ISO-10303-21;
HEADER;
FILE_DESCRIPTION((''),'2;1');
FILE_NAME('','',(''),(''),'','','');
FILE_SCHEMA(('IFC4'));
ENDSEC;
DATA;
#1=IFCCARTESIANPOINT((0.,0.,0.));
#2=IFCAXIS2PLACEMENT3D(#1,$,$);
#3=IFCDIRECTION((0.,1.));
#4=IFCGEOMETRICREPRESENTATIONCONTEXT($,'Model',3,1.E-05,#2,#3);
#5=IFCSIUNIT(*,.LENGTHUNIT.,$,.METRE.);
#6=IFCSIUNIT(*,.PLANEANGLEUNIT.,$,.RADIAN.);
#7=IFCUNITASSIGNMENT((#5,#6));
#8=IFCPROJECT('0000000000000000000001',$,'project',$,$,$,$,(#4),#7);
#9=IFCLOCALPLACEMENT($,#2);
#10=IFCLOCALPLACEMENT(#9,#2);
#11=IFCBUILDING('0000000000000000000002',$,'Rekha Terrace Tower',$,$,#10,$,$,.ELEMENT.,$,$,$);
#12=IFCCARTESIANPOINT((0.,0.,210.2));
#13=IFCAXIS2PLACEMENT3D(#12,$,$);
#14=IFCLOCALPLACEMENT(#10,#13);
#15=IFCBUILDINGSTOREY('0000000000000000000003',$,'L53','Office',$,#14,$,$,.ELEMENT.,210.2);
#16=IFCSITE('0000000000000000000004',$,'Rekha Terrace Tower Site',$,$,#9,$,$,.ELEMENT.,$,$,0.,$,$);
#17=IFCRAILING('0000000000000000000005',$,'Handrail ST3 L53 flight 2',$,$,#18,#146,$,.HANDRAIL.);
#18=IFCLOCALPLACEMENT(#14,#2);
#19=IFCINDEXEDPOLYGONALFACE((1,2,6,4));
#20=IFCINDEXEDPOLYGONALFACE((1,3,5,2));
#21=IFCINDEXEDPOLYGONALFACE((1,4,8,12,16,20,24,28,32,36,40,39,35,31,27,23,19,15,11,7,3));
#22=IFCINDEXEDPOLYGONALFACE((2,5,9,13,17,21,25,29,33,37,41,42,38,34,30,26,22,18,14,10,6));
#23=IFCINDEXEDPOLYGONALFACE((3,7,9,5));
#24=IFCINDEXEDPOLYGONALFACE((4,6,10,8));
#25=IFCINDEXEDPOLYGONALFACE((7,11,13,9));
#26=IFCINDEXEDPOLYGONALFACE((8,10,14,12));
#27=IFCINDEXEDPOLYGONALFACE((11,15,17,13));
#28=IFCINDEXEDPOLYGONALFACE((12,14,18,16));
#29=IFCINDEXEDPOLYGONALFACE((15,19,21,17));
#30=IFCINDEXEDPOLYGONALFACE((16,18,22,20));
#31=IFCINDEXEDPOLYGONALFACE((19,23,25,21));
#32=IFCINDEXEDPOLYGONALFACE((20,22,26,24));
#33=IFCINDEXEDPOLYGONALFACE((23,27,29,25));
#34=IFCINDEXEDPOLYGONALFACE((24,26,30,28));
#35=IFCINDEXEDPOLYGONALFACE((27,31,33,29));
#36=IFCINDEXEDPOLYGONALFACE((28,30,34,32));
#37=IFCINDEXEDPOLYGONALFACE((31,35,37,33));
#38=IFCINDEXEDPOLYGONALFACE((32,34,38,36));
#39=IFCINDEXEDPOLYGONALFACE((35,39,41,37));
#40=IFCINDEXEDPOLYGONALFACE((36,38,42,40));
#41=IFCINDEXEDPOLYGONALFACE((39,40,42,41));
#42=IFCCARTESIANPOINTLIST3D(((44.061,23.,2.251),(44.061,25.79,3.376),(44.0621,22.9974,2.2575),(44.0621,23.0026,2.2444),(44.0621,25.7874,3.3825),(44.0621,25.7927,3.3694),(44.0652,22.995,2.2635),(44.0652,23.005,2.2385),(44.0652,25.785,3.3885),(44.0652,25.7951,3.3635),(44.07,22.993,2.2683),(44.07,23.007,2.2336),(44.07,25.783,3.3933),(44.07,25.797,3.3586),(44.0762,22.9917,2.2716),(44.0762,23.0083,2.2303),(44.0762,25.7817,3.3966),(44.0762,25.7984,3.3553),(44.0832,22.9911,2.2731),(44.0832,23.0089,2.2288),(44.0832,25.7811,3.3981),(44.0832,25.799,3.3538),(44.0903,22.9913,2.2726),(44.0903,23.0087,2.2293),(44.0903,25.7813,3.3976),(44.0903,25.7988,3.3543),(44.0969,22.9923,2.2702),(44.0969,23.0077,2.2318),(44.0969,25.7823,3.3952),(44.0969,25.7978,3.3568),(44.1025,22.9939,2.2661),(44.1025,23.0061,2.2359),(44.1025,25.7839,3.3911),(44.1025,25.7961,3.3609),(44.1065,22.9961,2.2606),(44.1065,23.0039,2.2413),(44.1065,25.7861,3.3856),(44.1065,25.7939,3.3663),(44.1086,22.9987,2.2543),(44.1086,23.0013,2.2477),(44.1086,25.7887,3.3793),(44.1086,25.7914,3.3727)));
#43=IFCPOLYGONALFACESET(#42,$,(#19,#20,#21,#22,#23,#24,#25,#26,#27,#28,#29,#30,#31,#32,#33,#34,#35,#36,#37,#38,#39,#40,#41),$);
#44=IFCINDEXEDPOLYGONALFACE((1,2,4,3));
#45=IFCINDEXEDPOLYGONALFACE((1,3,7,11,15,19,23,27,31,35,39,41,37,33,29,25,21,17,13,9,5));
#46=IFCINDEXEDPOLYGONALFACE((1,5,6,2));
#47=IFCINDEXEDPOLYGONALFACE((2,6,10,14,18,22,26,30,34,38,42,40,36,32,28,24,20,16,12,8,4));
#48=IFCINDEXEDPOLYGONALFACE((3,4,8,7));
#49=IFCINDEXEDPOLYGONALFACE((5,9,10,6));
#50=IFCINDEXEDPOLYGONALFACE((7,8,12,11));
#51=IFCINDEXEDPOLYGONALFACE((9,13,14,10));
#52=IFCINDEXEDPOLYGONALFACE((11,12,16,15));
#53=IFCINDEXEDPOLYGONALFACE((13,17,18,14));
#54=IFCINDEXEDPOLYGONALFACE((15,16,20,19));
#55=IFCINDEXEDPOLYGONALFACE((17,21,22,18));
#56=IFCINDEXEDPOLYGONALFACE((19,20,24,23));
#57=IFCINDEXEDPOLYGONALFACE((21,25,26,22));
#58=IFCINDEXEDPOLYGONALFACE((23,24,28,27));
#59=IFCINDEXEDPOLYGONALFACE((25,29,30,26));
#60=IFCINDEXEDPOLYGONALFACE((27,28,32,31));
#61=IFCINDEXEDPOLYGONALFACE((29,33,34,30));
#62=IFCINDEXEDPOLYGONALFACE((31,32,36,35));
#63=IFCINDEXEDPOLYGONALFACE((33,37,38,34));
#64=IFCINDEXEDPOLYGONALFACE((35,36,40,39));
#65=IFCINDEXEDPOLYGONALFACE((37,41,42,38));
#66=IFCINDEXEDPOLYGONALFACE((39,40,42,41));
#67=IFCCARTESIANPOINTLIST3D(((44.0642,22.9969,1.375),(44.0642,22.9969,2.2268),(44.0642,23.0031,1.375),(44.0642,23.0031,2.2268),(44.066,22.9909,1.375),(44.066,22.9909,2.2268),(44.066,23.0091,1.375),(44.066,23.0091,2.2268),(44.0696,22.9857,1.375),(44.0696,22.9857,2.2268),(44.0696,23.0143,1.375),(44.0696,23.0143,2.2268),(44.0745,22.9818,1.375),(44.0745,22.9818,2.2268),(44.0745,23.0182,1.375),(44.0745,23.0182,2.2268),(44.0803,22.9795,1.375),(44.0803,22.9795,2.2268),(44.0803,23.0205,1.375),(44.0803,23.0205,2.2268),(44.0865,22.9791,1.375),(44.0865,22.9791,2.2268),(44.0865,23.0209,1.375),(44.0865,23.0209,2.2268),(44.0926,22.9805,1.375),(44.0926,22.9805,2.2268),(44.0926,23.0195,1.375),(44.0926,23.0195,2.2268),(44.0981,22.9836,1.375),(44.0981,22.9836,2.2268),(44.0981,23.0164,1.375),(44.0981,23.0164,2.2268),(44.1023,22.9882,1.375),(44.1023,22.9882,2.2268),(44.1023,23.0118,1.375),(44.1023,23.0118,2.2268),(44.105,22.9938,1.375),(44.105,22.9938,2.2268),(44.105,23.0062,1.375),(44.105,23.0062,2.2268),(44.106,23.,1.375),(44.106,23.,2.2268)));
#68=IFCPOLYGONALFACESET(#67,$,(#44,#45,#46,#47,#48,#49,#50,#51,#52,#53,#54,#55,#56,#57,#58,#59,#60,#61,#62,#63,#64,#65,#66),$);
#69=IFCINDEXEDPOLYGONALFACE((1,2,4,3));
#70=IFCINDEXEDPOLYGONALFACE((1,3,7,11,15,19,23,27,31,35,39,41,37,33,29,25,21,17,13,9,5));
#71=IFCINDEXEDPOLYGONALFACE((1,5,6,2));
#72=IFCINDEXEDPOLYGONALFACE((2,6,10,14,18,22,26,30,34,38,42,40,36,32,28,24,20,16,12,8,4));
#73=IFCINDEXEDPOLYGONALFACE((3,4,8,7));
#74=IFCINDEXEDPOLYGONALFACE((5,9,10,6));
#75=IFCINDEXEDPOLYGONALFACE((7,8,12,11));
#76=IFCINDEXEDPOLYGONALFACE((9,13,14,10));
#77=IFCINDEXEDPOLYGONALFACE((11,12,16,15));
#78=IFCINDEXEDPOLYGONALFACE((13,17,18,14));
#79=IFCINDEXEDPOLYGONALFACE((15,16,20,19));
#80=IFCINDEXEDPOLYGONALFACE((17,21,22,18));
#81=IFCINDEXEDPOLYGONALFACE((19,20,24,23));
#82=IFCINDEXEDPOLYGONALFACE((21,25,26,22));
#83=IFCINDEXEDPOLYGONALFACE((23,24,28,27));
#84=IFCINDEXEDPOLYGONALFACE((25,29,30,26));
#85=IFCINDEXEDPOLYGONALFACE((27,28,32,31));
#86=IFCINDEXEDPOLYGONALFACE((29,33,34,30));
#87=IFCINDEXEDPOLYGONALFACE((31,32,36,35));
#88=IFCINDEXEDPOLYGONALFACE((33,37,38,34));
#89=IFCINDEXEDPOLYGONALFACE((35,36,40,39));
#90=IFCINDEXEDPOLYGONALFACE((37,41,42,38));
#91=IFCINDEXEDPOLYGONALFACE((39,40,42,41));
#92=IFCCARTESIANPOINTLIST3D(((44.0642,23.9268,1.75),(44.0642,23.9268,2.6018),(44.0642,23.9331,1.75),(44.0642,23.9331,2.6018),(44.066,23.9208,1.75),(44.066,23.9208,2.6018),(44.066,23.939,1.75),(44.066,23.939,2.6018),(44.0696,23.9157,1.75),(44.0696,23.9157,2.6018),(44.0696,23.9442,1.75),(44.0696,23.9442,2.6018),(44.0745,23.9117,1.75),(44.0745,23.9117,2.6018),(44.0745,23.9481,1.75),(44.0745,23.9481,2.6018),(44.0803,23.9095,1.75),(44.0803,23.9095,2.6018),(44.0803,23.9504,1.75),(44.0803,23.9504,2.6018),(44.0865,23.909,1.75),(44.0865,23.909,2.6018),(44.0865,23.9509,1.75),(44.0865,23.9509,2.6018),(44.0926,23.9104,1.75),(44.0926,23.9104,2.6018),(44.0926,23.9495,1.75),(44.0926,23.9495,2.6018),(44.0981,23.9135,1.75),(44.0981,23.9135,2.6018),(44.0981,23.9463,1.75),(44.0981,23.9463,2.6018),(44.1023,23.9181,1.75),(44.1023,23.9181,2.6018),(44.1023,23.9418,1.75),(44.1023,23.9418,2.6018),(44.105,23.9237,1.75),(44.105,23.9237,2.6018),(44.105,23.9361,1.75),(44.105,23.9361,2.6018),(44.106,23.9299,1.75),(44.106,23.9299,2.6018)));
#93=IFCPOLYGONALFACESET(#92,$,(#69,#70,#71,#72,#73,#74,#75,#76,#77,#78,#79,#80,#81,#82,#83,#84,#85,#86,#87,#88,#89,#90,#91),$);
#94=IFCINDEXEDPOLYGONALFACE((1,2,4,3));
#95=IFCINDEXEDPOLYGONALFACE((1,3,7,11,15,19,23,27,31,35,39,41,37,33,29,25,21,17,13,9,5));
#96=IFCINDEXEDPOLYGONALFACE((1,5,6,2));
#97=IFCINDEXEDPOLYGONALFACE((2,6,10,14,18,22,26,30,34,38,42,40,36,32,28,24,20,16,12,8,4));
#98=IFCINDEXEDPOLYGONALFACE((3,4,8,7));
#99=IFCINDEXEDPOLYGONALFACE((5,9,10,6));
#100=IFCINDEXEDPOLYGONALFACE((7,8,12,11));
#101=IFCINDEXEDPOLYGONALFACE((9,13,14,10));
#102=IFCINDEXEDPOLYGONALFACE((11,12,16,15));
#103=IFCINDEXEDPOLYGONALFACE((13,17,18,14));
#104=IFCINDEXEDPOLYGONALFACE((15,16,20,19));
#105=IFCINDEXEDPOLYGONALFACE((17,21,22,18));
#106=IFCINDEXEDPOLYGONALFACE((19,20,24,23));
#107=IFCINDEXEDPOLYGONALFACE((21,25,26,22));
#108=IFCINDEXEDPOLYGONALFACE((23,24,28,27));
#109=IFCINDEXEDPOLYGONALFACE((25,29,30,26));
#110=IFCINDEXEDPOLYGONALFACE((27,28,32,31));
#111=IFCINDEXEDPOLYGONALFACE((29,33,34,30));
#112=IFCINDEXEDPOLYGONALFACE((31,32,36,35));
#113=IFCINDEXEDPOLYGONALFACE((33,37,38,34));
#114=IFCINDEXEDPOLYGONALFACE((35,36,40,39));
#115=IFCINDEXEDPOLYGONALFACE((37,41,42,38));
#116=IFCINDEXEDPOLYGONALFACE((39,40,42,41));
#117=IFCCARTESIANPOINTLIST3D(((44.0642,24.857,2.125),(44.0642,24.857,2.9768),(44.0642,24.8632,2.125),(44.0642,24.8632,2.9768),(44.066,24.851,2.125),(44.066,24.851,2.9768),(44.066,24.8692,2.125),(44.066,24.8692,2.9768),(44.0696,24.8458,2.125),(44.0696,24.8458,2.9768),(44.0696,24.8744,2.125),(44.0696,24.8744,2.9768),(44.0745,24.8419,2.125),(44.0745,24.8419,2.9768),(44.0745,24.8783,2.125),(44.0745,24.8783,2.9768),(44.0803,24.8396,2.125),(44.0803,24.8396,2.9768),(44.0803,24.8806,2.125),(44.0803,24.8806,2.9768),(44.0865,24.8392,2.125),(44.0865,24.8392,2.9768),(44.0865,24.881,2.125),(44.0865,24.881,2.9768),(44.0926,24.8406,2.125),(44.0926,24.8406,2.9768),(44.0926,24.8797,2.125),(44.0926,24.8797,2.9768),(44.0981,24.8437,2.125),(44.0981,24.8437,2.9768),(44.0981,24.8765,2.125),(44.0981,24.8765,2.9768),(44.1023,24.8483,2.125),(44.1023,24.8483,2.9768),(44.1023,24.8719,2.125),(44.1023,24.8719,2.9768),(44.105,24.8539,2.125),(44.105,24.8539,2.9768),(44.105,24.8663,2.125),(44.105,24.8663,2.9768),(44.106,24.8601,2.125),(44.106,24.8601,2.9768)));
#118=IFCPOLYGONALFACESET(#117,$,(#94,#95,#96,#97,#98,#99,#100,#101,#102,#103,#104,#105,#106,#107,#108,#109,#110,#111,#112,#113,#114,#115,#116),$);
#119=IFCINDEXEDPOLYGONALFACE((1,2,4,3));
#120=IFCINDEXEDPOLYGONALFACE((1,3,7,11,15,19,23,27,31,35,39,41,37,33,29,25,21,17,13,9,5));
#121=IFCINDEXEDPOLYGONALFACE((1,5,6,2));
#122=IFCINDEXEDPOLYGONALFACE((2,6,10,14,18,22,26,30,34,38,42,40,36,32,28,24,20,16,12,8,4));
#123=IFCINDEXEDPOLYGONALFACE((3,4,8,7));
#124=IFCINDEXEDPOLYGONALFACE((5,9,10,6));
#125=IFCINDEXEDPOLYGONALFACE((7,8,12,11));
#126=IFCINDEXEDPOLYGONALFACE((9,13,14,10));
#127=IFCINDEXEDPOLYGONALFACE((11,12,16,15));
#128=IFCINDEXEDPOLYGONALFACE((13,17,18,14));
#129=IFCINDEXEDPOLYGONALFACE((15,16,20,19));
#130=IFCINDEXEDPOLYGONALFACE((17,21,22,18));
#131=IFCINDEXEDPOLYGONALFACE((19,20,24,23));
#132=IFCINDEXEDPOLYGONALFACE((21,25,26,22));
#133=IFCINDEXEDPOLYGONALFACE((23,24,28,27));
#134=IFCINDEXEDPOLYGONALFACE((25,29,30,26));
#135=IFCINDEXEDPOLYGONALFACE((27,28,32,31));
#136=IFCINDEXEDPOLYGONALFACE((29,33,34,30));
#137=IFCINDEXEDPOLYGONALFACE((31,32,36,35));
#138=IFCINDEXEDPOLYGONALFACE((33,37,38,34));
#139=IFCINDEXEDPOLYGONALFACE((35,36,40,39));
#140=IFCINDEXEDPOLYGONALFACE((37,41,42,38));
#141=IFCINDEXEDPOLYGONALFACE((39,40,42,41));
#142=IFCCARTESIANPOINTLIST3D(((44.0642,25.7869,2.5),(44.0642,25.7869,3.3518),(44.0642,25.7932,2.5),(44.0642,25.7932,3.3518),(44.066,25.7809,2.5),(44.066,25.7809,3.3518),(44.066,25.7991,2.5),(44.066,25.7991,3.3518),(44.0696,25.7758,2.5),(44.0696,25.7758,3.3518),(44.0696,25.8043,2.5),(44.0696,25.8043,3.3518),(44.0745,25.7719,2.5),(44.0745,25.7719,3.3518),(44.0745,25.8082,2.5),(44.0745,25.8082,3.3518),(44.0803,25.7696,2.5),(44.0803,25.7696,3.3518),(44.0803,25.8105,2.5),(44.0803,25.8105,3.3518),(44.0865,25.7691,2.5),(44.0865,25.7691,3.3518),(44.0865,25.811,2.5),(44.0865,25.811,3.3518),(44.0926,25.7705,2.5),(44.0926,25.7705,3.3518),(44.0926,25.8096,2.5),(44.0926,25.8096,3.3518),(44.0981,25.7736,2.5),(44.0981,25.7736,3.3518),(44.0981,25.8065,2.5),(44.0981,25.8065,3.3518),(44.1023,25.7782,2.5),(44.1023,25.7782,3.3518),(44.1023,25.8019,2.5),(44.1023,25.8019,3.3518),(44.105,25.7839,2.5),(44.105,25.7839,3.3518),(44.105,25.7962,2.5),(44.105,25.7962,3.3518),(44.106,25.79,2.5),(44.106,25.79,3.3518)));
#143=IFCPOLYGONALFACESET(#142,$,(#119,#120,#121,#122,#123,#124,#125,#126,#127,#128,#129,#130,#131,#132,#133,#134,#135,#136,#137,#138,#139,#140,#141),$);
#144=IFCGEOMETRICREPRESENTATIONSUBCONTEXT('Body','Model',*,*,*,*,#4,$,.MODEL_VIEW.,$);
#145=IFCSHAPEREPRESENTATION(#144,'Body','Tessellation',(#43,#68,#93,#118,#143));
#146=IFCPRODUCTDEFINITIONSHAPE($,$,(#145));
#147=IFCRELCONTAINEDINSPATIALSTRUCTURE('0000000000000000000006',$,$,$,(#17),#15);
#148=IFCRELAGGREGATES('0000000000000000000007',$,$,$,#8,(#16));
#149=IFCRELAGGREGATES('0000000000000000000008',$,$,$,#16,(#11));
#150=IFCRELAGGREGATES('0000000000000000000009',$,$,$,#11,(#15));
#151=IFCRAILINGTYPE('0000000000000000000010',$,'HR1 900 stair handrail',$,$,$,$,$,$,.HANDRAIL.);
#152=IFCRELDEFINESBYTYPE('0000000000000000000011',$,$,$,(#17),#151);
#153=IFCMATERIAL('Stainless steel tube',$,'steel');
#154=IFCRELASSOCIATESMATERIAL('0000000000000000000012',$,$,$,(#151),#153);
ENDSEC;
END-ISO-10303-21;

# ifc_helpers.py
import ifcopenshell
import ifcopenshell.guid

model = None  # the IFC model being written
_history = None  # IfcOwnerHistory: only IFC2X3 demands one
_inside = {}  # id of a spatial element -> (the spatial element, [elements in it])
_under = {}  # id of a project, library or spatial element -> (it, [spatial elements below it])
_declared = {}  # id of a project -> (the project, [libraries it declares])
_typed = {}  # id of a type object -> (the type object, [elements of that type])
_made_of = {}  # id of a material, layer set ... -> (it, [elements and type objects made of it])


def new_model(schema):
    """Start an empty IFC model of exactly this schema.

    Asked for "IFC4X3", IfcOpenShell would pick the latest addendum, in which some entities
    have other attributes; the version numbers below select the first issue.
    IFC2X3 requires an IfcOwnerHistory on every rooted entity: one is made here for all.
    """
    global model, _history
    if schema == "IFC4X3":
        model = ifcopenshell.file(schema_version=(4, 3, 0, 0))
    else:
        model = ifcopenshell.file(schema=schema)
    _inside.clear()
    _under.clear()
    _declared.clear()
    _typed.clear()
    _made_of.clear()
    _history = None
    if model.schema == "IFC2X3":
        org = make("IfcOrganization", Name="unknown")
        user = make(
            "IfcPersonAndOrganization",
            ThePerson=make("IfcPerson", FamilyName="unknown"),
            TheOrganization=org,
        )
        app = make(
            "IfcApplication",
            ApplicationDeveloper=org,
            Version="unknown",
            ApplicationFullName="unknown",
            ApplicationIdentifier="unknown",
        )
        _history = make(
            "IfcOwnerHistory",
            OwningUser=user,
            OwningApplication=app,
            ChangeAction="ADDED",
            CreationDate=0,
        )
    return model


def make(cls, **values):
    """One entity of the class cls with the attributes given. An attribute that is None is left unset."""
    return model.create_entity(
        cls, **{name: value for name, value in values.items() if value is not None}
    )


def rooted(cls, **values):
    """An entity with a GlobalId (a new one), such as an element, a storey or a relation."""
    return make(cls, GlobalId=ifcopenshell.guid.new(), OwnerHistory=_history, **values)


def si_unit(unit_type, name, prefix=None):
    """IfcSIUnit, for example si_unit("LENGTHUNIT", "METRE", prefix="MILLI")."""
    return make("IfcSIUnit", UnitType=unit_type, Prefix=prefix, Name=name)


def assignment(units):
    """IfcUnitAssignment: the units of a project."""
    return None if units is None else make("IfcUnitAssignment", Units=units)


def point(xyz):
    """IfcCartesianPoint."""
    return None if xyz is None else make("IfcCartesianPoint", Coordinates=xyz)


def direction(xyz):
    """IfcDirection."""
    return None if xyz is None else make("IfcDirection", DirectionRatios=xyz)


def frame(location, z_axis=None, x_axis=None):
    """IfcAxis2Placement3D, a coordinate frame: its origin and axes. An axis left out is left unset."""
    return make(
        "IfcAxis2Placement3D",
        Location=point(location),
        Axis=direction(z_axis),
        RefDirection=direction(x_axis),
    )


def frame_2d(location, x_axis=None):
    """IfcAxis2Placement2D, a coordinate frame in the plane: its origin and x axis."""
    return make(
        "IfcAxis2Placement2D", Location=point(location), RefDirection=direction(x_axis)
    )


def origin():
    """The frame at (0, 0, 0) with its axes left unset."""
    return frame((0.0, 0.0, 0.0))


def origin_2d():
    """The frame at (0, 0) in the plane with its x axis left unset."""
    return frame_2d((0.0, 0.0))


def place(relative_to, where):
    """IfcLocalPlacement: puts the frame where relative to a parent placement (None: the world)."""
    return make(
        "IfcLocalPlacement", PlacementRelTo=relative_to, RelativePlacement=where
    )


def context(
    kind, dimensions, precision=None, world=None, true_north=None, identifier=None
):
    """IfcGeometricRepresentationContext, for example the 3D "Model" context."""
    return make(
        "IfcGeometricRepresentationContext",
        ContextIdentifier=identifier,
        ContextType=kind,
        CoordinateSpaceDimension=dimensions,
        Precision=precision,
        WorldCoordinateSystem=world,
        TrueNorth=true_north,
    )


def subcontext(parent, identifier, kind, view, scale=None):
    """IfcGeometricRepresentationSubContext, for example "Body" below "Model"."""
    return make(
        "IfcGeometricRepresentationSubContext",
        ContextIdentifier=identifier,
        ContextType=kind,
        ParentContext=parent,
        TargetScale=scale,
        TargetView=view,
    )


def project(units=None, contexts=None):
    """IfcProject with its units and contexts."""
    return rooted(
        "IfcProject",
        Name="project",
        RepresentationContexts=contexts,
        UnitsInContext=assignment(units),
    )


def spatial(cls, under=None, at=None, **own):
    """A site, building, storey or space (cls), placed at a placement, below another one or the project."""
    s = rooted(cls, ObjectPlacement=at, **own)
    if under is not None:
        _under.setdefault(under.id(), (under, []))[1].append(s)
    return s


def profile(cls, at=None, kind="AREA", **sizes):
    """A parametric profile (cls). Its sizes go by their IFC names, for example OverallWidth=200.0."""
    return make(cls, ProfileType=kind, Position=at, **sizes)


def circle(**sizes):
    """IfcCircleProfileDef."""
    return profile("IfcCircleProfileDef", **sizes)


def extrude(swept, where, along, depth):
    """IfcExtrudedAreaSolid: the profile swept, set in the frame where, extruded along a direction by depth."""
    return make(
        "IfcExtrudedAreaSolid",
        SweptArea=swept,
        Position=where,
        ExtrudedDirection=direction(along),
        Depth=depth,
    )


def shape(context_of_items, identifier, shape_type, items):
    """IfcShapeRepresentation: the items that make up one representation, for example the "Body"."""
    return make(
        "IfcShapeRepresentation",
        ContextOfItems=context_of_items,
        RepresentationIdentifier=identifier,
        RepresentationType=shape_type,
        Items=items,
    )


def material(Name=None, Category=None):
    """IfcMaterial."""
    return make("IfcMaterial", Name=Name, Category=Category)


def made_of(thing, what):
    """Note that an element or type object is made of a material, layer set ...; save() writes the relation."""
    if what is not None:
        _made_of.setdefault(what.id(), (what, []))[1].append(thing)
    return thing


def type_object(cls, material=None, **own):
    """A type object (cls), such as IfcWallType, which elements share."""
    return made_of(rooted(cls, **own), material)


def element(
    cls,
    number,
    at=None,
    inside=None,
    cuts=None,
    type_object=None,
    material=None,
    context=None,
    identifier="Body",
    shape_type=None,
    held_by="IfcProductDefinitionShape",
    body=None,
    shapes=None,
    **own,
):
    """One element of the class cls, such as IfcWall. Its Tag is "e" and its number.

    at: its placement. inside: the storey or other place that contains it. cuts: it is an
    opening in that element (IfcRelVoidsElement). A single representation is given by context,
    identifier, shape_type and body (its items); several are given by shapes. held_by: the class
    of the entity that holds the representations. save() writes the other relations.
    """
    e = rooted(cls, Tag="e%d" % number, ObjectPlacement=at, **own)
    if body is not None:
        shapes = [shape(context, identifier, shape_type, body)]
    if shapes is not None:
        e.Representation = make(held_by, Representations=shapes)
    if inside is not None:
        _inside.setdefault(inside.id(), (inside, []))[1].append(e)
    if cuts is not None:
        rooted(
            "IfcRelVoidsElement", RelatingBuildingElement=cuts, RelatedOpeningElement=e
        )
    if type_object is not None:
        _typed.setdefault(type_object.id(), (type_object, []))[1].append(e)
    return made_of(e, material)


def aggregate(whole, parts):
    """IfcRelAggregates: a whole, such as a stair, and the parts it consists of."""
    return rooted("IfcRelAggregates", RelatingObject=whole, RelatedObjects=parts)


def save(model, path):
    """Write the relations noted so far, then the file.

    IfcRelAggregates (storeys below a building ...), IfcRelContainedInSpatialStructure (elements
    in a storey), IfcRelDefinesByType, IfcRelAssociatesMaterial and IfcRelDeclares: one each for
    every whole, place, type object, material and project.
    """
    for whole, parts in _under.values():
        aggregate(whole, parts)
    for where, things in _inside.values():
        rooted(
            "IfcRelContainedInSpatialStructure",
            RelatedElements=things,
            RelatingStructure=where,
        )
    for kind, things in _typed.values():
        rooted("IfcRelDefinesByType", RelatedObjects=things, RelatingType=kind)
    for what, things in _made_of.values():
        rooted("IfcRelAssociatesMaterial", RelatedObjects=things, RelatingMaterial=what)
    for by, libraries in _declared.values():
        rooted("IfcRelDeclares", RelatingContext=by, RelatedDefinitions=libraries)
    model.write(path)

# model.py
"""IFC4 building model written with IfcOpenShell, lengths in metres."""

from ifc_helpers import new_model, si_unit, direction, frame, origin, origin_2d, place, context, subcontext, project, spatial, circle, extrude, material, type_object, element, save


model = new_model("IFC4")

# Units and contexts
model_context = context("Model", 3, precision=1e-05, world=origin(), true_north=direction((0.0, 1.0)))
body_context = subcontext(model_context, "Body", "Model", "MODEL_VIEW")
ifc_project = project(units=[si_unit("LENGTHUNIT", "METRE"), si_unit("PLANEANGLEUNIT", "RADIAN")], contexts=[model_context])

# Site, building, storey
site_placement = place(None, origin())
site = spatial("IfcSite", under=ifc_project, at=site_placement, Name="Rekha Terrace Tower Site", CompositionType="ELEMENT", RefElevation=0.0)
building_placement = place(site_placement, origin())
building = spatial("IfcBuilding", under=site, at=building_placement, Name="Rekha Terrace Tower", CompositionType="ELEMENT")
storey_placement = place(building_placement, frame((0.0, 0.0, 210.2)))
storey = spatial("IfcBuildingStorey", under=building, at=storey_placement, Name="L53", Description="Office", CompositionType="ELEMENT", Elevation=210.2)

# Railing
ifc_material_1 = material(Name="Stainless steel tube", Category="steel")
railing_type = type_object("IfcRailingType", Name="HR1 900 stair handrail", PredefinedType="HANDRAIL", material=ifc_material_1)
railing_placement = place(storey_placement, frame((44.085, 23.0, 1.375)))
element("IfcRailing", 1, at=railing_placement, inside=storey, type_object=railing_type, Name="Handrail ST3 L53 flight 2", PredefinedType="HANDRAIL", context=body_context, shape_type="SweptSolid", body=[
    extrude(circle(Radius=0.0239, at=origin_2d()), frame((0.0, 0.0, 0.876), z_axis=(0.0, 0.927443, 0.373964), x_axis=(-1.0, 0.0, 0.0)), (0.0, 0.0, 1.0), 3.0083),
    extrude(circle(Radius=0.021, at=origin_2d()), origin(), (0.0, 0.0, 1.0), 0.8518),
    extrude(circle(Radius=0.021, at=origin_2d()), frame((0.0, 0.9299, 0.375)), (0.0, 0.0, 1.0), 0.8518),
    extrude(circle(Radius=0.021, at=origin_2d()), frame((0.0, 1.8601, 0.75)), (0.0, 0.0, 1.0), 0.8518),
    extrude(circle(Radius=0.021, at=origin_2d()), frame((0.0, 2.79, 1.125)), (0.0, 0.0, 1.0), 0.8518),
])

save(model, "model.ifc")
